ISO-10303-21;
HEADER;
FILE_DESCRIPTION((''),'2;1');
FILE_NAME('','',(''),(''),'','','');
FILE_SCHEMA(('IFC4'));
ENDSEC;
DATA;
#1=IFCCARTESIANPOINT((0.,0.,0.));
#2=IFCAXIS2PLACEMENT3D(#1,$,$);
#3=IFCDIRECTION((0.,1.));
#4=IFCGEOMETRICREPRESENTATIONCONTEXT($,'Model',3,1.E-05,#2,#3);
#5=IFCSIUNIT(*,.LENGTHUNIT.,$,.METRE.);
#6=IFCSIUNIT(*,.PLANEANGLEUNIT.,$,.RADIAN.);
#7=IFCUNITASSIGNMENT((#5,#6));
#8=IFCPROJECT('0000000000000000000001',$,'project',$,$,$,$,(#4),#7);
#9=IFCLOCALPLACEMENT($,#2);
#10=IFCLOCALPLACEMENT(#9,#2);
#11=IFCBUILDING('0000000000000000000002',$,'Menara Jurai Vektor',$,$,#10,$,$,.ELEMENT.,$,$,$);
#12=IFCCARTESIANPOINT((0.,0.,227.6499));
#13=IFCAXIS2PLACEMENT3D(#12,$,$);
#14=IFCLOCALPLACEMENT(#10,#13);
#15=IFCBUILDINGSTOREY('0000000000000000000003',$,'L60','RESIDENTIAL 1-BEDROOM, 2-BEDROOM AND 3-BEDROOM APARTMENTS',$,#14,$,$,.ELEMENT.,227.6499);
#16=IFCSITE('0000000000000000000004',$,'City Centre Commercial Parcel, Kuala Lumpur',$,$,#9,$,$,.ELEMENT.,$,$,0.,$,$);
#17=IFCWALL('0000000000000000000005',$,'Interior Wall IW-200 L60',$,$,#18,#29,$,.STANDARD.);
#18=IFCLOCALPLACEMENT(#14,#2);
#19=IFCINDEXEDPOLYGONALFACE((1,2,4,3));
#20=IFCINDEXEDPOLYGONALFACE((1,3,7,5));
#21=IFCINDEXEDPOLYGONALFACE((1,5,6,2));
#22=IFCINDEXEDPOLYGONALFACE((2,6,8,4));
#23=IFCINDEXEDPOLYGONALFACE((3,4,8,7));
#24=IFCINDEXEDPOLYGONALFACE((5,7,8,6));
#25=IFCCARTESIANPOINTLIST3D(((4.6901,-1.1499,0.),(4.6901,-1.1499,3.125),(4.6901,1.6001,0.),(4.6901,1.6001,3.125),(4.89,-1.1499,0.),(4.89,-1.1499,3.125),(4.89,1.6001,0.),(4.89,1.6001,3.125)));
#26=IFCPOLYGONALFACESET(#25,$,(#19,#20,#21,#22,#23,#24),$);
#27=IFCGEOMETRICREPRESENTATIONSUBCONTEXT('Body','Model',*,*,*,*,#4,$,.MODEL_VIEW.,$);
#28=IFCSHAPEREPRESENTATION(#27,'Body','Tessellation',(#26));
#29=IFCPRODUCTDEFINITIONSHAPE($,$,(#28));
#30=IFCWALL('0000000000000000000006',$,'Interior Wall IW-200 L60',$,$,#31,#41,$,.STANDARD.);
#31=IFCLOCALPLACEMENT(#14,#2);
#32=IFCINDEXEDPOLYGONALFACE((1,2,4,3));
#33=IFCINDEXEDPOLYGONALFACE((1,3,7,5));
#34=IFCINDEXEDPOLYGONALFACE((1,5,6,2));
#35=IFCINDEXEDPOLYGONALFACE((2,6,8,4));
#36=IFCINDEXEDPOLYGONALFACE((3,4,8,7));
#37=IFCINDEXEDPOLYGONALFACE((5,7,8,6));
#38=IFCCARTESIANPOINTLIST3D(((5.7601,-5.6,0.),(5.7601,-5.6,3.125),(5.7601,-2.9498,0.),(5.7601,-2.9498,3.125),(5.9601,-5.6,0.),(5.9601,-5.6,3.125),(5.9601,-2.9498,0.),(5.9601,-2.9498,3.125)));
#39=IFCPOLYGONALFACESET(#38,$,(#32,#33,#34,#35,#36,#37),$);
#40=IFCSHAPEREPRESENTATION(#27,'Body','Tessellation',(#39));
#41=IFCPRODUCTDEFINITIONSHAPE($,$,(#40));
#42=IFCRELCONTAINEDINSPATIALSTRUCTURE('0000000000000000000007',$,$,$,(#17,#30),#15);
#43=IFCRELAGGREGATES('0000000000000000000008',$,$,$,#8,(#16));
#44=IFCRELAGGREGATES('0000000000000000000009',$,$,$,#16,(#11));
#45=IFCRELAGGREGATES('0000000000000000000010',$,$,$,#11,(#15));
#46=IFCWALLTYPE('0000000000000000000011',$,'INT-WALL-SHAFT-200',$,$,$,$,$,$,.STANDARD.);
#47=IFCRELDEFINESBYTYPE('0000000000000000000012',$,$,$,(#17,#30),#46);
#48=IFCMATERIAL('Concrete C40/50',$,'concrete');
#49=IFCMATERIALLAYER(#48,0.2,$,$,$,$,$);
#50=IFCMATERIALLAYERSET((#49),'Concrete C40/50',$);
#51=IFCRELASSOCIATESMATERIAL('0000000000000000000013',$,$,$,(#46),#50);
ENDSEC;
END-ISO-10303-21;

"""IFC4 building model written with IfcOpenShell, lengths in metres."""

from ifc_helpers import new_model, si_unit, direction, frame, frame_2d, origin, place, context, subcontext, project, spatial, rectangle, extrude, material, layer, layer_set, type_object, element, save


model = new_model("IFC4")

# Units and contexts
model_context = context("Model", 3, precision=1e-05, world=origin(), true_north=direction((0.0, 1.0)))
body_context = subcontext(model_context, "Body", "Model", "MODEL_VIEW")
ifc_project = project(units=[si_unit("LENGTHUNIT", "METRE"), si_unit("PLANEANGLEUNIT", "RADIAN")], contexts=[model_context])

# Site, building, storey
site_placement = place(None, origin())
site = spatial("IfcSite", under=ifc_project, at=site_placement, Name="City Centre Commercial Parcel, Kuala Lumpur", CompositionType="ELEMENT", RefElevation=0.0)
building_placement = place(site_placement, origin())
building = spatial("IfcBuilding", under=site, at=building_placement, Name="Menara Jurai Vektor", CompositionType="ELEMENT")
storey_placement = place(building_placement, frame((0.0, 0.0, 227.6499)))
storey = spatial("IfcBuildingStorey", under=building, at=storey_placement, Name="L60", Description="RESIDENTIAL 1-BEDROOM, 2-BEDROOM AND 3-BEDROOM APARTMENTS", CompositionType="ELEMENT", Elevation=227.6499)

# Shared definitions
ifc_material_1 = material(Name="Concrete C40/50", Category="concrete")

# Shared definitions
ifc_layer_1 = layer(ifc_material_1, 0.2)
ifc_layer_set_1 = layer_set([ifc_layer_1], Name="Concrete C40/50")
wall_type_1 = type_object("IfcWallType", Name="INT-WALL-SHAFT-200", PredefinedType="STANDARD", material=ifc_layer_set_1)

# Wall
wall_1_placement = place(storey_placement, frame((4.79, -1.1499, 0.0), z_axis=(0.0, 0.0, 1.0), x_axis=(0.0, 1.0, 0.0)))
element("IfcWall", 1, at=wall_1_placement, inside=storey, type_object=wall_type_1, Name="Interior Wall IW-200 L60", PredefinedType="STANDARD", context=body_context, shape_type="SweptSolid", body=[
    extrude(rectangle(XDim=2.75, YDim=0.2, at=frame_2d((1.375, 0.0))), origin(), (0.0, 0.0, 1.0), 3.125),
])

# Wall
wall_2_placement = place(storey_placement, frame((5.8601, -5.6001, 0.0), z_axis=(0.0, 0.0, 1.0), x_axis=(0.0, 1.0, 0.0)))
element("IfcWall", 2, at=wall_2_placement, inside=storey, type_object=wall_type_1, Name="Interior Wall IW-200 L60", PredefinedType="STANDARD", context=body_context, shape_type="SweptSolid", body=[
    extrude(rectangle(XDim=2.6501, YDim=0.2, at=frame_2d((1.3252, 0.0))), origin(), (0.0, 0.0, 1.0), 3.125),
])

save(model, "model.ifc")
